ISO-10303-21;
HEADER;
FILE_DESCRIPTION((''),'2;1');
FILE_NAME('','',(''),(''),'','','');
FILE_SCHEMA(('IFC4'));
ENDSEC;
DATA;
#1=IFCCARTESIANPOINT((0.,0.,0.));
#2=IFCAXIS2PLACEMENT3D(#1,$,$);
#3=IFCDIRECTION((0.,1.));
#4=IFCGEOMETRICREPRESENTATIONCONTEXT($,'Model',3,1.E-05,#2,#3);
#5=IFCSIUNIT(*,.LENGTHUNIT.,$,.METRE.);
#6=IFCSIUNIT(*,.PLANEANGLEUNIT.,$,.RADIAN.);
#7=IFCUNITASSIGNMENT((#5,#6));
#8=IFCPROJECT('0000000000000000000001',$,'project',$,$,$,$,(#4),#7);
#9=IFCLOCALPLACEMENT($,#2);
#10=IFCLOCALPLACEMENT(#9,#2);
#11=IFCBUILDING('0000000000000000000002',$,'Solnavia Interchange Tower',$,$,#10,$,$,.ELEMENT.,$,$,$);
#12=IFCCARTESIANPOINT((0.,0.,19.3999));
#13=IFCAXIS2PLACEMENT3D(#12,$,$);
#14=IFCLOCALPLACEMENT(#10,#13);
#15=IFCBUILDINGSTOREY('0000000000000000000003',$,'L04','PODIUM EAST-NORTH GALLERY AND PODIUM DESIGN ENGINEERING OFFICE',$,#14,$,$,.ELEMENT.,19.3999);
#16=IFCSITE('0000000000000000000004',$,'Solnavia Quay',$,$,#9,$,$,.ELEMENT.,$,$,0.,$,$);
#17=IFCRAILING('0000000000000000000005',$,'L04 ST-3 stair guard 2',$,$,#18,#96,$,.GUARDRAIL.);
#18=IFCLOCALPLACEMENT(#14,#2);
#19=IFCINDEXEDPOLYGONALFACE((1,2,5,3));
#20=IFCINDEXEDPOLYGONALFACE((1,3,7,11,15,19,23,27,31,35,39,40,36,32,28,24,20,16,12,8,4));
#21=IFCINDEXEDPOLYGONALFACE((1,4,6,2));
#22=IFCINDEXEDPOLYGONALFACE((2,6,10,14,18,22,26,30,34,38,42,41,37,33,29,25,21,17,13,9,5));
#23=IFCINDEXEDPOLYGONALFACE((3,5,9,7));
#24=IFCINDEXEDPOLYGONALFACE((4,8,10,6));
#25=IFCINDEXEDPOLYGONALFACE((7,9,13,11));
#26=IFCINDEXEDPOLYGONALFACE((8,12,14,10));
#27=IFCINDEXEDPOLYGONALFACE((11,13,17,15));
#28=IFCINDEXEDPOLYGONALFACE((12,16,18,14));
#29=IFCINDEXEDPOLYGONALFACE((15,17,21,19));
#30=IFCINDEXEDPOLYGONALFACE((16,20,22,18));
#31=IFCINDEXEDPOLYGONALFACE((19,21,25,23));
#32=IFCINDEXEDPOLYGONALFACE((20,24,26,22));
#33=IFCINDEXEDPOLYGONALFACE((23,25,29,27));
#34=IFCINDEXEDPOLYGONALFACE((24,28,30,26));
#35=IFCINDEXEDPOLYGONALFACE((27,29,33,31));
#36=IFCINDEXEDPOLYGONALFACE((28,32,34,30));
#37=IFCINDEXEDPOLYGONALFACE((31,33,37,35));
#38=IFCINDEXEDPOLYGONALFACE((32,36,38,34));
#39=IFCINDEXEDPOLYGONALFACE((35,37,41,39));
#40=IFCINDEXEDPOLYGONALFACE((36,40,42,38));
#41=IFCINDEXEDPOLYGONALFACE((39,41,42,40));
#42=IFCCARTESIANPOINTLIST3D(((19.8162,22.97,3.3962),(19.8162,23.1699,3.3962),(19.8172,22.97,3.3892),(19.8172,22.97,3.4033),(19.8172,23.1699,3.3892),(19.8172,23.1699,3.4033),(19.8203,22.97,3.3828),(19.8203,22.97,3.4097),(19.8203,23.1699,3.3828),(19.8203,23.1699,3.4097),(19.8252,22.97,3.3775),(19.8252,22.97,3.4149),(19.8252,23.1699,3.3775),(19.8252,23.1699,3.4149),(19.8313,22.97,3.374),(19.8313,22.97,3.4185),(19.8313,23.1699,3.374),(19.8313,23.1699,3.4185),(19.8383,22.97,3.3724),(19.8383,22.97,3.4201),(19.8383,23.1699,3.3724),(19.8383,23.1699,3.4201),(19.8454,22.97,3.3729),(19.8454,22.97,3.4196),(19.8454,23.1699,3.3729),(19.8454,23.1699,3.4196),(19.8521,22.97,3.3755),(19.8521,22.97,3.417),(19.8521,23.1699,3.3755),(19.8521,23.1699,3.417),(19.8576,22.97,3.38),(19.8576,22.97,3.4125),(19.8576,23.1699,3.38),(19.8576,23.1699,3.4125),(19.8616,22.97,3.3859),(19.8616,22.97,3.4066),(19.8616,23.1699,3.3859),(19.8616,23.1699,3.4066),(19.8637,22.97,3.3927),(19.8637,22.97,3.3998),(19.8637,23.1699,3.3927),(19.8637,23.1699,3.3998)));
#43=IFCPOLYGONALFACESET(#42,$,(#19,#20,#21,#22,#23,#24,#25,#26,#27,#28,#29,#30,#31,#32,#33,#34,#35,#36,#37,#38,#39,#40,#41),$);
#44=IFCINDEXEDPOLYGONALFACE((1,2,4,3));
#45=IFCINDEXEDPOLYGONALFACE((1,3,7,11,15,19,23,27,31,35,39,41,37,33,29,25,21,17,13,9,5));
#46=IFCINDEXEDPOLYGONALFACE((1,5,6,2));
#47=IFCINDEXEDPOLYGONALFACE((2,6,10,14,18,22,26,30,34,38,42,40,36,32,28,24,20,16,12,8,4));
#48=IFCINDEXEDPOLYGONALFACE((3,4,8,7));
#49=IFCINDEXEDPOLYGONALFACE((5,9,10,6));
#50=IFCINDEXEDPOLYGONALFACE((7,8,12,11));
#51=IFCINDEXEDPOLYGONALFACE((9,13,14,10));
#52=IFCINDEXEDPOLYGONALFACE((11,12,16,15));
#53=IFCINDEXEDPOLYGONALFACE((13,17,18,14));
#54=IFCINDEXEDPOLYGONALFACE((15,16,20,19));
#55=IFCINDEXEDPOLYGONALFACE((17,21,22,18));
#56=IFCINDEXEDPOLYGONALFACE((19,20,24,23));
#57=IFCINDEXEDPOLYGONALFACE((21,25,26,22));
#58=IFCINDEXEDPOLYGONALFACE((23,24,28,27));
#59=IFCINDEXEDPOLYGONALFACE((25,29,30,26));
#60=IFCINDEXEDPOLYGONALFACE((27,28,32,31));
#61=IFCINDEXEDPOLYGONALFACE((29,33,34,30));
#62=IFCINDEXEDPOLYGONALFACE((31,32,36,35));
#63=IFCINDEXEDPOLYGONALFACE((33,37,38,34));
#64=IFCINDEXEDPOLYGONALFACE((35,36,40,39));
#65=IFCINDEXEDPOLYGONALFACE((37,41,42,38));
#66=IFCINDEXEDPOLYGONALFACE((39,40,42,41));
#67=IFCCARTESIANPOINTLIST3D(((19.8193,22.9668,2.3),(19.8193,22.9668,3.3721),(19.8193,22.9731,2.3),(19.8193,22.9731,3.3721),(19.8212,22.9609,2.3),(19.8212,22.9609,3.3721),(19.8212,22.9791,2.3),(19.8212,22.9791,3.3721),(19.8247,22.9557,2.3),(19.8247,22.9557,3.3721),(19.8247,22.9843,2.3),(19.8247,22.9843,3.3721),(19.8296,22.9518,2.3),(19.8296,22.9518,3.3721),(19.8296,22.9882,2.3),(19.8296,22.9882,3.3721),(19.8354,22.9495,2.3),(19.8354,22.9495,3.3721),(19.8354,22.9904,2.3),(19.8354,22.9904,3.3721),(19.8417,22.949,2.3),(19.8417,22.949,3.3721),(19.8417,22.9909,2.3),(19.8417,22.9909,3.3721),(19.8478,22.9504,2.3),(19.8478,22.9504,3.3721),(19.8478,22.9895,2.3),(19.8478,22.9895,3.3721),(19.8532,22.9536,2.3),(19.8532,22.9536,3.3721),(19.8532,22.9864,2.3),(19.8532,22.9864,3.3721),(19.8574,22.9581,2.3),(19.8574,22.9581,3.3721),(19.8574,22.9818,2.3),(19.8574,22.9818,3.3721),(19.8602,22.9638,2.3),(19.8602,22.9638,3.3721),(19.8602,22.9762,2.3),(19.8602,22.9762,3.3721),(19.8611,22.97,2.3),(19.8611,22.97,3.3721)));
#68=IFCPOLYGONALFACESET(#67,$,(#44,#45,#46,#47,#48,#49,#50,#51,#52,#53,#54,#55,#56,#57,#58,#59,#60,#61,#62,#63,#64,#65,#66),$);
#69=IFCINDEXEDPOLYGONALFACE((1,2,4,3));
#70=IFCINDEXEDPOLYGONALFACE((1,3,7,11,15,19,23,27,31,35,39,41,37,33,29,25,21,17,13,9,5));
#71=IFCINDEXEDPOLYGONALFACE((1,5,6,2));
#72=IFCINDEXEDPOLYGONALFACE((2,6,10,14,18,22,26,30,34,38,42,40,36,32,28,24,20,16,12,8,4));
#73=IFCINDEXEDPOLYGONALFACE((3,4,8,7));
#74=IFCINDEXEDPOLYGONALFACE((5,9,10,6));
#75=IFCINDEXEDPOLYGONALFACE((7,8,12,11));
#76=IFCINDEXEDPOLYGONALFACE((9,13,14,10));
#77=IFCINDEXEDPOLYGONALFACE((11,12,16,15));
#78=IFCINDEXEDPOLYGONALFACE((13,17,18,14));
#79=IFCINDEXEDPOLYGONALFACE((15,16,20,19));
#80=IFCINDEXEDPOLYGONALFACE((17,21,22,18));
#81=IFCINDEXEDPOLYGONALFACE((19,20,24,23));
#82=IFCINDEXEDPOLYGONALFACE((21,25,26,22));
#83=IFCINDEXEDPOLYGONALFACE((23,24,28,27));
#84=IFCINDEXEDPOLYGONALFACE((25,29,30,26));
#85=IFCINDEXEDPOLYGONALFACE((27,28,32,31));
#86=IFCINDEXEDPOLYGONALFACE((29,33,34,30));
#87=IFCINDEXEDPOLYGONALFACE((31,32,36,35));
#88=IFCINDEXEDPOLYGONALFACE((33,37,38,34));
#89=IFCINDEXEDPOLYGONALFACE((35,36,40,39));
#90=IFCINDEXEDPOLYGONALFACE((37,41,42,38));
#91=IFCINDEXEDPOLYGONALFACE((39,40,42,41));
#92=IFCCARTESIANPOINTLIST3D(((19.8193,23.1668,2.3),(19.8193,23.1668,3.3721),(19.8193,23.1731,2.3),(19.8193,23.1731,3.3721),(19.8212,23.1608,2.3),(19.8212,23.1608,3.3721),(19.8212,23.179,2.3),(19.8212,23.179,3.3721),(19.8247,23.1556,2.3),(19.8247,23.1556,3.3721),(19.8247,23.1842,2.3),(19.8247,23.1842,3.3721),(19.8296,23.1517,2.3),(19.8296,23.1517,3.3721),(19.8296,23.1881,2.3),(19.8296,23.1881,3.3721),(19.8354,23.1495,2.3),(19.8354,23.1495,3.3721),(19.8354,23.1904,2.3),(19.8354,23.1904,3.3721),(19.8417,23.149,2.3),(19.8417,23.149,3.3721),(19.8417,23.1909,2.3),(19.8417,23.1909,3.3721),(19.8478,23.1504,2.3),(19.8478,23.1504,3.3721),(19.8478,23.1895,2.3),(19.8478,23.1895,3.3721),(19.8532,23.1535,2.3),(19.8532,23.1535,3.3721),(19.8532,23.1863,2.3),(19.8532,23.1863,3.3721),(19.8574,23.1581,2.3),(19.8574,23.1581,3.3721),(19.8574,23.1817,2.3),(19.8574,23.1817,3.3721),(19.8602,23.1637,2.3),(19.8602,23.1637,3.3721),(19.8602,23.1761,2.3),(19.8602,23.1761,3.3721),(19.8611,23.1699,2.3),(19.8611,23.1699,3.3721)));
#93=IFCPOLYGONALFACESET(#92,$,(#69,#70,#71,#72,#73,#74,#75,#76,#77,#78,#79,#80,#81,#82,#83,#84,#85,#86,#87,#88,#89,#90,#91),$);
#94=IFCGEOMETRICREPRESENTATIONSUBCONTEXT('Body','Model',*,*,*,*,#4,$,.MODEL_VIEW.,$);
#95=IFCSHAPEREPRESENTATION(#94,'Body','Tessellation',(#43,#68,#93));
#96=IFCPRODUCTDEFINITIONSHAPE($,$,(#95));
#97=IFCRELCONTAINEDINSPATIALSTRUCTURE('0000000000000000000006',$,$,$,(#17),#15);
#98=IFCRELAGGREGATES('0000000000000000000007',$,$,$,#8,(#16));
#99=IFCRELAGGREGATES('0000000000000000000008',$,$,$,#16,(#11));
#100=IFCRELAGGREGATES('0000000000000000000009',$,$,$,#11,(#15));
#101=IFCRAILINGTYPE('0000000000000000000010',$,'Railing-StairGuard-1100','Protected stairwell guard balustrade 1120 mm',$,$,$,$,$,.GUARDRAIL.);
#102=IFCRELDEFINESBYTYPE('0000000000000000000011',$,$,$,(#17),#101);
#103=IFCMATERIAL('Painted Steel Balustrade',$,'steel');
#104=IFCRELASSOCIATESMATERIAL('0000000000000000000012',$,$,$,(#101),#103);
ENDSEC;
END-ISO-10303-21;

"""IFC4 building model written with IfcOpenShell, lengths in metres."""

from ifc_helpers import new_model, si_unit, direction, frame, origin, origin_2d, place, context, subcontext, project, spatial, circle, extrude, material, type_object, element, save


model = new_model("IFC4")

# Units and contexts
model_context = context("Model", 3, precision=1e-05, world=origin(), true_north=direction((0.0, 1.0)))
body_context = subcontext(model_context, "Body", "Model", "MODEL_VIEW")
ifc_project = project(units=[si_unit("LENGTHUNIT", "METRE"), si_unit("PLANEANGLEUNIT", "RADIAN")], contexts=[model_context])

# Site, building, storey
site_placement = place(None, origin())
site = spatial("IfcSite", under=ifc_project, at=site_placement, Name="Solnavia Quay", CompositionType="ELEMENT", RefElevation=0.0)
building_placement = place(site_placement, origin())
building = spatial("IfcBuilding", under=site, at=building_placement, Name="Solnavia Interchange Tower", CompositionType="ELEMENT")
storey_placement = place(building_placement, frame((0.0, 0.0, 19.3999)))
storey = spatial("IfcBuildingStorey", under=building, at=storey_placement, Name="L04", Description="PODIUM EAST-NORTH GALLERY AND PODIUM DESIGN ENGINEERING OFFICE", CompositionType="ELEMENT", Elevation=19.3999)

# Railing
ifc_material_1 = material(Name="Painted Steel Balustrade", Category="steel")
railing_type_1 = type_object("IfcRailingType", Name="Railing-StairGuard-1100", Description="Protected stairwell guard balustrade 1120 mm", PredefinedType="GUARDRAIL", material=ifc_material_1)
railing_1_placement = place(storey_placement, frame((19.8401, 22.97, 2.3)))
element("IfcRailing", 1, at=railing_1_placement, inside=storey, type_object=railing_type_1, Name="L04 ST-3 stair guard 2", PredefinedType="GUARDRAIL", context=body_context, shape_type="SweptSolid", body=[
    extrude(circle(Radius=0.0239, at=origin_2d()), frame((0.0, 0.0, 1.0962), z_axis=(0.0, 1.0, 0.0), x_axis=(-1.0, 0.0, 0.0)), (0.0, 0.0, 1.0), 0.2),
    extrude(circle(Radius=0.021, at=origin_2d()), origin(), (0.0, 0.0, 1.0), 1.072),
    extrude(circle(Radius=0.021, at=origin_2d()), frame((0.0, 0.2, 0.0)), (0.0, 0.0, 1.0), 1.072),
])

save(model, "model.ifc")
